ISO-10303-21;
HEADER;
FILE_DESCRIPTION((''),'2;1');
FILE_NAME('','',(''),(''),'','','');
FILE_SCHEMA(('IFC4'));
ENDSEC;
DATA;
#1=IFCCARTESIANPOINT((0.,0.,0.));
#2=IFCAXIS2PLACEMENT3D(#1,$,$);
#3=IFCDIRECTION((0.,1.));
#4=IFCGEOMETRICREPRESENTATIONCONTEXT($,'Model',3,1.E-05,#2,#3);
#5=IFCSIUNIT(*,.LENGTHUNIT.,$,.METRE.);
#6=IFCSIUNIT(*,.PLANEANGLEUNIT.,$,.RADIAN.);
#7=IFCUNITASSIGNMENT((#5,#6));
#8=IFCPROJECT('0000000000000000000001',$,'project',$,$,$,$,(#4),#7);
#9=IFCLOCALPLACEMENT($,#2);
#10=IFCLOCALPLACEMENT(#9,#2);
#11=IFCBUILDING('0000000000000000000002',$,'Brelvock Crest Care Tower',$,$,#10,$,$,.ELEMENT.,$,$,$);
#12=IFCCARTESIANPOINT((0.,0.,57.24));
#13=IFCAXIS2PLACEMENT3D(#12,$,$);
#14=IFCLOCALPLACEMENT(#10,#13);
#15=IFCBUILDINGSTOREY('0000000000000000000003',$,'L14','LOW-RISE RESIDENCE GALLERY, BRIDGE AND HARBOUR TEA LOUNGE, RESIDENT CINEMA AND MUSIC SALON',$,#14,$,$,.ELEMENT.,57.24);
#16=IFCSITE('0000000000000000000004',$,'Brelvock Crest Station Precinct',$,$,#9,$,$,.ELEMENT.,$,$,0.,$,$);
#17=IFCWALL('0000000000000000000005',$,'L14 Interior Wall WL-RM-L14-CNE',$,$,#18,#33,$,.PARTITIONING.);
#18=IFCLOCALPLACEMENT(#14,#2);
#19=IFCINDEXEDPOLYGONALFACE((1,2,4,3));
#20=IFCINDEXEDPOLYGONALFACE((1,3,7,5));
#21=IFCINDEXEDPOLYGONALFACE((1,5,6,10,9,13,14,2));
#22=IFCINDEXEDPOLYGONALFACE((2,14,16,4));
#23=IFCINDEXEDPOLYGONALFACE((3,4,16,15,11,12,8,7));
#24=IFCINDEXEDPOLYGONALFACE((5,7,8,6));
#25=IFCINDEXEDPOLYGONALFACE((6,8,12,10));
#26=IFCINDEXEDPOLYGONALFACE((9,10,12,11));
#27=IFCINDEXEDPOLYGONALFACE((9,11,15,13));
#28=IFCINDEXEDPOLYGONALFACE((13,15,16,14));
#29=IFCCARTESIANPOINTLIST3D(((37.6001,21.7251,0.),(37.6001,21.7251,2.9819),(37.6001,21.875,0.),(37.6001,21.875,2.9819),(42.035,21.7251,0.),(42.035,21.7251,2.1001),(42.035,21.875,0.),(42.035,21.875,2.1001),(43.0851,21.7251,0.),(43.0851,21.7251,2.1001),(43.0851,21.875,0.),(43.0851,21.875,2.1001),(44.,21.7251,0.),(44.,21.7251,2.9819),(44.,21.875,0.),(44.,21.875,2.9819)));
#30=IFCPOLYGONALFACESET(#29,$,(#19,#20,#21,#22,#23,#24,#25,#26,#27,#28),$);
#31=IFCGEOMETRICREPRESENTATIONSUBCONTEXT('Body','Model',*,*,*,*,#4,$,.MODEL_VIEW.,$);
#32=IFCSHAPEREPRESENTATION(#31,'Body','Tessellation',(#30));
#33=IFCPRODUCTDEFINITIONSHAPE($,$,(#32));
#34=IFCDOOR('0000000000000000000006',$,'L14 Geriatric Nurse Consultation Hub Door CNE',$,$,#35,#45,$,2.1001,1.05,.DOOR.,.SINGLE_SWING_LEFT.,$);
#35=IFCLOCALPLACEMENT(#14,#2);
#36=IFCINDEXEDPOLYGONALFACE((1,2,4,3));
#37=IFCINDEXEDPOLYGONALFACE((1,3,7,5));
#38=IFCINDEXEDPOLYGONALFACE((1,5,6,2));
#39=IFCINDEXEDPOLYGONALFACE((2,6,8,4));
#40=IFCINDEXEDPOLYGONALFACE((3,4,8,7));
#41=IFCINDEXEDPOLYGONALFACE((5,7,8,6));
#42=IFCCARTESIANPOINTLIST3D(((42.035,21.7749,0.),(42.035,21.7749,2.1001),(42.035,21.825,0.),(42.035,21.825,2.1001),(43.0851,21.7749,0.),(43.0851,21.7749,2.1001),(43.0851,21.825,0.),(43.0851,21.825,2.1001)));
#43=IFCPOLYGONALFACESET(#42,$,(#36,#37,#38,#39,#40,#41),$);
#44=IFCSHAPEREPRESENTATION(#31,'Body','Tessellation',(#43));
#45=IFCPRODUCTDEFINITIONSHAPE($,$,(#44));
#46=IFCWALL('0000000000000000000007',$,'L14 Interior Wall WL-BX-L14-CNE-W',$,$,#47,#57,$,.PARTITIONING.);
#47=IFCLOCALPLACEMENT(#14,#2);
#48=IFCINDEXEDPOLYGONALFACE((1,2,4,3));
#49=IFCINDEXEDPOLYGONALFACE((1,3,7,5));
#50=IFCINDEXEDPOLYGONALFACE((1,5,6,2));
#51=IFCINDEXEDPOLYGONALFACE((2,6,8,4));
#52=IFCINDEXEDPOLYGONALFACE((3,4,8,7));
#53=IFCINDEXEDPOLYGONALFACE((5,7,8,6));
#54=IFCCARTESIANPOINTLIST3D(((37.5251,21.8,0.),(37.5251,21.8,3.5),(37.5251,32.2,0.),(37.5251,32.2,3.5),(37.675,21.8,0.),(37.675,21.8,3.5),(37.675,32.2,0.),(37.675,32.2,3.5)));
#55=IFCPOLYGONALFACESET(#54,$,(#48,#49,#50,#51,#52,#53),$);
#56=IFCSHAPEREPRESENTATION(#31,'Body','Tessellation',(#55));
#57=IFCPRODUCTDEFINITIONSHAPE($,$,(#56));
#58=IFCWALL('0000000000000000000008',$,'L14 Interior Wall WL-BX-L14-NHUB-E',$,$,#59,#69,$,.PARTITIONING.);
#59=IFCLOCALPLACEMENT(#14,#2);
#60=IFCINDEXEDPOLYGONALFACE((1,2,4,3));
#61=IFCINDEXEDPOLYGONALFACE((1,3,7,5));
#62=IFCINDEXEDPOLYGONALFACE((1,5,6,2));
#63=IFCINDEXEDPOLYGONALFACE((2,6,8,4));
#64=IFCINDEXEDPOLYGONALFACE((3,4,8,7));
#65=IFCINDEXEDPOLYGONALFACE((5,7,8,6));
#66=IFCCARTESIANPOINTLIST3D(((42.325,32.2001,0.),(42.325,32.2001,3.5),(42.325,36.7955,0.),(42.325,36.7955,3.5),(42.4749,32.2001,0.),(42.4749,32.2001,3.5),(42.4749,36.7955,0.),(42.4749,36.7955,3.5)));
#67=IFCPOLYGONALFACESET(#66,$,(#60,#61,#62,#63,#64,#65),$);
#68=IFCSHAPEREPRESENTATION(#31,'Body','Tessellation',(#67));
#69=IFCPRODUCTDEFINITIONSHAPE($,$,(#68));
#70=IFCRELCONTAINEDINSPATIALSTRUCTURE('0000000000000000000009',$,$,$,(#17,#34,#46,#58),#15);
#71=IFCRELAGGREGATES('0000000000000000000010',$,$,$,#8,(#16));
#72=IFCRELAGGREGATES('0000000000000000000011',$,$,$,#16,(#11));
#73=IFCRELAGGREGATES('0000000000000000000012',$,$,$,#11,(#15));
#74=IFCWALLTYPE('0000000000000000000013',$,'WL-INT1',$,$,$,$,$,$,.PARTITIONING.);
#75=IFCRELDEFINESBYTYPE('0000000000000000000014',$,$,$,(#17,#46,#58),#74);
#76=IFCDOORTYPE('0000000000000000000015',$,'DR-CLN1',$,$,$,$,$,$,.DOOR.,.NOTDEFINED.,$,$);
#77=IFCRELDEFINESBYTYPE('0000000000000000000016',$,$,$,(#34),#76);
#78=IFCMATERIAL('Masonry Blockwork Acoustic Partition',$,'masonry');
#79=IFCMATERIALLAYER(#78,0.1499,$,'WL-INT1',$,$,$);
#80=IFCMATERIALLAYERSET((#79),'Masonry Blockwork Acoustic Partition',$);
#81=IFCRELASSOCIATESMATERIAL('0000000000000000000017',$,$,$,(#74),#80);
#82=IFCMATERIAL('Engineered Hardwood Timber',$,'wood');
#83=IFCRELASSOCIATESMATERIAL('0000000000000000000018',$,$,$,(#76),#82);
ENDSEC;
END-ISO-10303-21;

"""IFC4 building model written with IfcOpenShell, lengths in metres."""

from ifc_helpers import new_model, si_unit, direction, frame, frame_2d, origin, origin_2d, place, context, subcontext, project, spatial, rectangle, extrude, source, transform, mapped, material, layer, layer_set, type_object, element, fill, save


model = new_model("IFC4")

# Units and contexts
model_context = context("Model", 3, precision=1e-05, world=origin(), true_north=direction((0.0, 1.0)))
body_context = subcontext(model_context, "Body", "Model", "MODEL_VIEW")
ifc_project = project(units=[si_unit("LENGTHUNIT", "METRE"), si_unit("PLANEANGLEUNIT", "RADIAN")], contexts=[model_context])

# Site, building, storey
site_placement = place(None, origin())
site = spatial("IfcSite", under=ifc_project, at=site_placement, Name="Brelvock Crest Station Precinct", CompositionType="ELEMENT", RefElevation=0.0)
building_placement = place(site_placement, origin())
building = spatial("IfcBuilding", under=site, at=building_placement, Name="Brelvock Crest Care Tower", CompositionType="ELEMENT")
storey_placement = place(building_placement, frame((0.0, 0.0, 57.24)))
storey = spatial("IfcBuildingStorey", under=building, at=storey_placement, Name="L14", Description="LOW-RISE RESIDENCE GALLERY, BRIDGE AND HARBOUR TEA LOUNGE, RESIDENT CINEMA AND MUSIC SALON", CompositionType="ELEMENT", Elevation=57.24)

# Wall, opening, door
ifc_material_1 = material(Name="Masonry Blockwork Acoustic Partition", Category="masonry")
ifc_layer = layer(ifc_material_1, 0.1499, Name="WL-INT1")
ifc_layer_set = layer_set([ifc_layer], Name="Masonry Blockwork Acoustic Partition")
wall_type = type_object("IfcWallType", Name="WL-INT1", PredefinedType="PARTITIONING", material=ifc_layer_set)
wall_1_placement = place(storey_placement, frame((37.6001, 21.8, 0.0), z_axis=(0.0, 0.0, 1.0), x_axis=(1.0, 0.0, 0.0)))
wall_1 = element("IfcWall", 1, at=wall_1_placement, inside=storey, type_object=wall_type, Name="L14 Interior Wall WL-RM-L14-CNE", PredefinedType="PARTITIONING", context=body_context, shape_type="SweptSolid", body=[
    extrude(rectangle(XDim=6.3999, YDim=0.1499, at=frame_2d((3.2, 0.0))), origin(), (0.0, 0.0, 1.0), 2.9819),
])
opening_placement = place(wall_1_placement, frame((4.4351, 0.0, 0.0)))
opening = element("IfcOpeningElement", 2, at=opening_placement, cuts=wall_1, PredefinedType="OPENING", context=body_context, shape_type="SweptSolid", body=[
    extrude(rectangle(XDim=1.05, YDim=2.1001, at=origin_2d()), frame((0.5249, 0.085, 1.05), z_axis=(0.0, -1.0, 0.0), x_axis=(1.0, 0.0, 0.0)), (0.0, 0.0, 1.0), 0.1699),
])
ifc_material_2 = material(Name="Engineered Hardwood Timber", Category="wood")
door_type = type_object("IfcDoorType", Name="DR-CLN1", OperationType="NOTDEFINED", PredefinedType="DOOR", material=ifc_material_2)
shared_shape_1 = source(origin(), body_context, "Body", "SweptSolid", [
    extrude(rectangle(XDim=1.05, YDim=2.1001, at=origin_2d()), frame((0.5249, 0.0249, 1.05), z_axis=(0.0, -1.0, 0.0), x_axis=(1.0, 0.0, 0.0)), (0.0, 0.0, 1.0), 0.05),
])
door_placement = place(opening_placement, origin())
door = element("IfcDoor", 3, at=door_placement, inside=storey, type_object=door_type, Name="L14 Geriatric Nurse Consultation Hub Door CNE", OperationType="SINGLE_SWING_LEFT", OverallHeight=2.1001, OverallWidth=1.05, PredefinedType="DOOR", context=body_context, shape_type="MappedRepresentation", body=[
    mapped(shared_shape_1, transform((0.0, 0.0, 0.0), x_axis=(1.0, 0.0, 0.0), y_axis=(0.0, 1.0, 0.0), z_axis=(0.0, 0.0, 1.0), scale=1.0)),
])
fill(opening, door)

# Walls
wall_2_placement = place(storey_placement, frame((37.6001, 21.8, 0.0), z_axis=(0.0, 0.0, 1.0), x_axis=(0.0, 1.0, 0.0)))
element("IfcWall", 4, at=wall_2_placement, inside=storey, type_object=wall_type, Name="L14 Interior Wall WL-BX-L14-CNE-W", PredefinedType="PARTITIONING", context=body_context, shape_type="SweptSolid", body=[
    extrude(rectangle(XDim=10.3999, YDim=0.1499, at=frame_2d((5.2, 0.0))), origin(), (0.0, 0.0, 1.0), 3.5),
])
wall_3_placement = place(storey_placement, frame((42.3999, 32.2, 0.0), z_axis=(0.0, 0.0, 1.0), x_axis=(0.0, 1.0, 0.0)))
element("IfcWall", 5, at=wall_3_placement, inside=storey, type_object=wall_type, Name="L14 Interior Wall WL-BX-L14-NHUB-E", PredefinedType="PARTITIONING", context=body_context, shape_type="SweptSolid", body=[
    extrude(rectangle(XDim=4.5955, YDim=0.1499, at=frame_2d((2.2979, 0.0))), origin(), (0.0, 0.0, 1.0), 3.5),
])

save(model, "model.ifc")
